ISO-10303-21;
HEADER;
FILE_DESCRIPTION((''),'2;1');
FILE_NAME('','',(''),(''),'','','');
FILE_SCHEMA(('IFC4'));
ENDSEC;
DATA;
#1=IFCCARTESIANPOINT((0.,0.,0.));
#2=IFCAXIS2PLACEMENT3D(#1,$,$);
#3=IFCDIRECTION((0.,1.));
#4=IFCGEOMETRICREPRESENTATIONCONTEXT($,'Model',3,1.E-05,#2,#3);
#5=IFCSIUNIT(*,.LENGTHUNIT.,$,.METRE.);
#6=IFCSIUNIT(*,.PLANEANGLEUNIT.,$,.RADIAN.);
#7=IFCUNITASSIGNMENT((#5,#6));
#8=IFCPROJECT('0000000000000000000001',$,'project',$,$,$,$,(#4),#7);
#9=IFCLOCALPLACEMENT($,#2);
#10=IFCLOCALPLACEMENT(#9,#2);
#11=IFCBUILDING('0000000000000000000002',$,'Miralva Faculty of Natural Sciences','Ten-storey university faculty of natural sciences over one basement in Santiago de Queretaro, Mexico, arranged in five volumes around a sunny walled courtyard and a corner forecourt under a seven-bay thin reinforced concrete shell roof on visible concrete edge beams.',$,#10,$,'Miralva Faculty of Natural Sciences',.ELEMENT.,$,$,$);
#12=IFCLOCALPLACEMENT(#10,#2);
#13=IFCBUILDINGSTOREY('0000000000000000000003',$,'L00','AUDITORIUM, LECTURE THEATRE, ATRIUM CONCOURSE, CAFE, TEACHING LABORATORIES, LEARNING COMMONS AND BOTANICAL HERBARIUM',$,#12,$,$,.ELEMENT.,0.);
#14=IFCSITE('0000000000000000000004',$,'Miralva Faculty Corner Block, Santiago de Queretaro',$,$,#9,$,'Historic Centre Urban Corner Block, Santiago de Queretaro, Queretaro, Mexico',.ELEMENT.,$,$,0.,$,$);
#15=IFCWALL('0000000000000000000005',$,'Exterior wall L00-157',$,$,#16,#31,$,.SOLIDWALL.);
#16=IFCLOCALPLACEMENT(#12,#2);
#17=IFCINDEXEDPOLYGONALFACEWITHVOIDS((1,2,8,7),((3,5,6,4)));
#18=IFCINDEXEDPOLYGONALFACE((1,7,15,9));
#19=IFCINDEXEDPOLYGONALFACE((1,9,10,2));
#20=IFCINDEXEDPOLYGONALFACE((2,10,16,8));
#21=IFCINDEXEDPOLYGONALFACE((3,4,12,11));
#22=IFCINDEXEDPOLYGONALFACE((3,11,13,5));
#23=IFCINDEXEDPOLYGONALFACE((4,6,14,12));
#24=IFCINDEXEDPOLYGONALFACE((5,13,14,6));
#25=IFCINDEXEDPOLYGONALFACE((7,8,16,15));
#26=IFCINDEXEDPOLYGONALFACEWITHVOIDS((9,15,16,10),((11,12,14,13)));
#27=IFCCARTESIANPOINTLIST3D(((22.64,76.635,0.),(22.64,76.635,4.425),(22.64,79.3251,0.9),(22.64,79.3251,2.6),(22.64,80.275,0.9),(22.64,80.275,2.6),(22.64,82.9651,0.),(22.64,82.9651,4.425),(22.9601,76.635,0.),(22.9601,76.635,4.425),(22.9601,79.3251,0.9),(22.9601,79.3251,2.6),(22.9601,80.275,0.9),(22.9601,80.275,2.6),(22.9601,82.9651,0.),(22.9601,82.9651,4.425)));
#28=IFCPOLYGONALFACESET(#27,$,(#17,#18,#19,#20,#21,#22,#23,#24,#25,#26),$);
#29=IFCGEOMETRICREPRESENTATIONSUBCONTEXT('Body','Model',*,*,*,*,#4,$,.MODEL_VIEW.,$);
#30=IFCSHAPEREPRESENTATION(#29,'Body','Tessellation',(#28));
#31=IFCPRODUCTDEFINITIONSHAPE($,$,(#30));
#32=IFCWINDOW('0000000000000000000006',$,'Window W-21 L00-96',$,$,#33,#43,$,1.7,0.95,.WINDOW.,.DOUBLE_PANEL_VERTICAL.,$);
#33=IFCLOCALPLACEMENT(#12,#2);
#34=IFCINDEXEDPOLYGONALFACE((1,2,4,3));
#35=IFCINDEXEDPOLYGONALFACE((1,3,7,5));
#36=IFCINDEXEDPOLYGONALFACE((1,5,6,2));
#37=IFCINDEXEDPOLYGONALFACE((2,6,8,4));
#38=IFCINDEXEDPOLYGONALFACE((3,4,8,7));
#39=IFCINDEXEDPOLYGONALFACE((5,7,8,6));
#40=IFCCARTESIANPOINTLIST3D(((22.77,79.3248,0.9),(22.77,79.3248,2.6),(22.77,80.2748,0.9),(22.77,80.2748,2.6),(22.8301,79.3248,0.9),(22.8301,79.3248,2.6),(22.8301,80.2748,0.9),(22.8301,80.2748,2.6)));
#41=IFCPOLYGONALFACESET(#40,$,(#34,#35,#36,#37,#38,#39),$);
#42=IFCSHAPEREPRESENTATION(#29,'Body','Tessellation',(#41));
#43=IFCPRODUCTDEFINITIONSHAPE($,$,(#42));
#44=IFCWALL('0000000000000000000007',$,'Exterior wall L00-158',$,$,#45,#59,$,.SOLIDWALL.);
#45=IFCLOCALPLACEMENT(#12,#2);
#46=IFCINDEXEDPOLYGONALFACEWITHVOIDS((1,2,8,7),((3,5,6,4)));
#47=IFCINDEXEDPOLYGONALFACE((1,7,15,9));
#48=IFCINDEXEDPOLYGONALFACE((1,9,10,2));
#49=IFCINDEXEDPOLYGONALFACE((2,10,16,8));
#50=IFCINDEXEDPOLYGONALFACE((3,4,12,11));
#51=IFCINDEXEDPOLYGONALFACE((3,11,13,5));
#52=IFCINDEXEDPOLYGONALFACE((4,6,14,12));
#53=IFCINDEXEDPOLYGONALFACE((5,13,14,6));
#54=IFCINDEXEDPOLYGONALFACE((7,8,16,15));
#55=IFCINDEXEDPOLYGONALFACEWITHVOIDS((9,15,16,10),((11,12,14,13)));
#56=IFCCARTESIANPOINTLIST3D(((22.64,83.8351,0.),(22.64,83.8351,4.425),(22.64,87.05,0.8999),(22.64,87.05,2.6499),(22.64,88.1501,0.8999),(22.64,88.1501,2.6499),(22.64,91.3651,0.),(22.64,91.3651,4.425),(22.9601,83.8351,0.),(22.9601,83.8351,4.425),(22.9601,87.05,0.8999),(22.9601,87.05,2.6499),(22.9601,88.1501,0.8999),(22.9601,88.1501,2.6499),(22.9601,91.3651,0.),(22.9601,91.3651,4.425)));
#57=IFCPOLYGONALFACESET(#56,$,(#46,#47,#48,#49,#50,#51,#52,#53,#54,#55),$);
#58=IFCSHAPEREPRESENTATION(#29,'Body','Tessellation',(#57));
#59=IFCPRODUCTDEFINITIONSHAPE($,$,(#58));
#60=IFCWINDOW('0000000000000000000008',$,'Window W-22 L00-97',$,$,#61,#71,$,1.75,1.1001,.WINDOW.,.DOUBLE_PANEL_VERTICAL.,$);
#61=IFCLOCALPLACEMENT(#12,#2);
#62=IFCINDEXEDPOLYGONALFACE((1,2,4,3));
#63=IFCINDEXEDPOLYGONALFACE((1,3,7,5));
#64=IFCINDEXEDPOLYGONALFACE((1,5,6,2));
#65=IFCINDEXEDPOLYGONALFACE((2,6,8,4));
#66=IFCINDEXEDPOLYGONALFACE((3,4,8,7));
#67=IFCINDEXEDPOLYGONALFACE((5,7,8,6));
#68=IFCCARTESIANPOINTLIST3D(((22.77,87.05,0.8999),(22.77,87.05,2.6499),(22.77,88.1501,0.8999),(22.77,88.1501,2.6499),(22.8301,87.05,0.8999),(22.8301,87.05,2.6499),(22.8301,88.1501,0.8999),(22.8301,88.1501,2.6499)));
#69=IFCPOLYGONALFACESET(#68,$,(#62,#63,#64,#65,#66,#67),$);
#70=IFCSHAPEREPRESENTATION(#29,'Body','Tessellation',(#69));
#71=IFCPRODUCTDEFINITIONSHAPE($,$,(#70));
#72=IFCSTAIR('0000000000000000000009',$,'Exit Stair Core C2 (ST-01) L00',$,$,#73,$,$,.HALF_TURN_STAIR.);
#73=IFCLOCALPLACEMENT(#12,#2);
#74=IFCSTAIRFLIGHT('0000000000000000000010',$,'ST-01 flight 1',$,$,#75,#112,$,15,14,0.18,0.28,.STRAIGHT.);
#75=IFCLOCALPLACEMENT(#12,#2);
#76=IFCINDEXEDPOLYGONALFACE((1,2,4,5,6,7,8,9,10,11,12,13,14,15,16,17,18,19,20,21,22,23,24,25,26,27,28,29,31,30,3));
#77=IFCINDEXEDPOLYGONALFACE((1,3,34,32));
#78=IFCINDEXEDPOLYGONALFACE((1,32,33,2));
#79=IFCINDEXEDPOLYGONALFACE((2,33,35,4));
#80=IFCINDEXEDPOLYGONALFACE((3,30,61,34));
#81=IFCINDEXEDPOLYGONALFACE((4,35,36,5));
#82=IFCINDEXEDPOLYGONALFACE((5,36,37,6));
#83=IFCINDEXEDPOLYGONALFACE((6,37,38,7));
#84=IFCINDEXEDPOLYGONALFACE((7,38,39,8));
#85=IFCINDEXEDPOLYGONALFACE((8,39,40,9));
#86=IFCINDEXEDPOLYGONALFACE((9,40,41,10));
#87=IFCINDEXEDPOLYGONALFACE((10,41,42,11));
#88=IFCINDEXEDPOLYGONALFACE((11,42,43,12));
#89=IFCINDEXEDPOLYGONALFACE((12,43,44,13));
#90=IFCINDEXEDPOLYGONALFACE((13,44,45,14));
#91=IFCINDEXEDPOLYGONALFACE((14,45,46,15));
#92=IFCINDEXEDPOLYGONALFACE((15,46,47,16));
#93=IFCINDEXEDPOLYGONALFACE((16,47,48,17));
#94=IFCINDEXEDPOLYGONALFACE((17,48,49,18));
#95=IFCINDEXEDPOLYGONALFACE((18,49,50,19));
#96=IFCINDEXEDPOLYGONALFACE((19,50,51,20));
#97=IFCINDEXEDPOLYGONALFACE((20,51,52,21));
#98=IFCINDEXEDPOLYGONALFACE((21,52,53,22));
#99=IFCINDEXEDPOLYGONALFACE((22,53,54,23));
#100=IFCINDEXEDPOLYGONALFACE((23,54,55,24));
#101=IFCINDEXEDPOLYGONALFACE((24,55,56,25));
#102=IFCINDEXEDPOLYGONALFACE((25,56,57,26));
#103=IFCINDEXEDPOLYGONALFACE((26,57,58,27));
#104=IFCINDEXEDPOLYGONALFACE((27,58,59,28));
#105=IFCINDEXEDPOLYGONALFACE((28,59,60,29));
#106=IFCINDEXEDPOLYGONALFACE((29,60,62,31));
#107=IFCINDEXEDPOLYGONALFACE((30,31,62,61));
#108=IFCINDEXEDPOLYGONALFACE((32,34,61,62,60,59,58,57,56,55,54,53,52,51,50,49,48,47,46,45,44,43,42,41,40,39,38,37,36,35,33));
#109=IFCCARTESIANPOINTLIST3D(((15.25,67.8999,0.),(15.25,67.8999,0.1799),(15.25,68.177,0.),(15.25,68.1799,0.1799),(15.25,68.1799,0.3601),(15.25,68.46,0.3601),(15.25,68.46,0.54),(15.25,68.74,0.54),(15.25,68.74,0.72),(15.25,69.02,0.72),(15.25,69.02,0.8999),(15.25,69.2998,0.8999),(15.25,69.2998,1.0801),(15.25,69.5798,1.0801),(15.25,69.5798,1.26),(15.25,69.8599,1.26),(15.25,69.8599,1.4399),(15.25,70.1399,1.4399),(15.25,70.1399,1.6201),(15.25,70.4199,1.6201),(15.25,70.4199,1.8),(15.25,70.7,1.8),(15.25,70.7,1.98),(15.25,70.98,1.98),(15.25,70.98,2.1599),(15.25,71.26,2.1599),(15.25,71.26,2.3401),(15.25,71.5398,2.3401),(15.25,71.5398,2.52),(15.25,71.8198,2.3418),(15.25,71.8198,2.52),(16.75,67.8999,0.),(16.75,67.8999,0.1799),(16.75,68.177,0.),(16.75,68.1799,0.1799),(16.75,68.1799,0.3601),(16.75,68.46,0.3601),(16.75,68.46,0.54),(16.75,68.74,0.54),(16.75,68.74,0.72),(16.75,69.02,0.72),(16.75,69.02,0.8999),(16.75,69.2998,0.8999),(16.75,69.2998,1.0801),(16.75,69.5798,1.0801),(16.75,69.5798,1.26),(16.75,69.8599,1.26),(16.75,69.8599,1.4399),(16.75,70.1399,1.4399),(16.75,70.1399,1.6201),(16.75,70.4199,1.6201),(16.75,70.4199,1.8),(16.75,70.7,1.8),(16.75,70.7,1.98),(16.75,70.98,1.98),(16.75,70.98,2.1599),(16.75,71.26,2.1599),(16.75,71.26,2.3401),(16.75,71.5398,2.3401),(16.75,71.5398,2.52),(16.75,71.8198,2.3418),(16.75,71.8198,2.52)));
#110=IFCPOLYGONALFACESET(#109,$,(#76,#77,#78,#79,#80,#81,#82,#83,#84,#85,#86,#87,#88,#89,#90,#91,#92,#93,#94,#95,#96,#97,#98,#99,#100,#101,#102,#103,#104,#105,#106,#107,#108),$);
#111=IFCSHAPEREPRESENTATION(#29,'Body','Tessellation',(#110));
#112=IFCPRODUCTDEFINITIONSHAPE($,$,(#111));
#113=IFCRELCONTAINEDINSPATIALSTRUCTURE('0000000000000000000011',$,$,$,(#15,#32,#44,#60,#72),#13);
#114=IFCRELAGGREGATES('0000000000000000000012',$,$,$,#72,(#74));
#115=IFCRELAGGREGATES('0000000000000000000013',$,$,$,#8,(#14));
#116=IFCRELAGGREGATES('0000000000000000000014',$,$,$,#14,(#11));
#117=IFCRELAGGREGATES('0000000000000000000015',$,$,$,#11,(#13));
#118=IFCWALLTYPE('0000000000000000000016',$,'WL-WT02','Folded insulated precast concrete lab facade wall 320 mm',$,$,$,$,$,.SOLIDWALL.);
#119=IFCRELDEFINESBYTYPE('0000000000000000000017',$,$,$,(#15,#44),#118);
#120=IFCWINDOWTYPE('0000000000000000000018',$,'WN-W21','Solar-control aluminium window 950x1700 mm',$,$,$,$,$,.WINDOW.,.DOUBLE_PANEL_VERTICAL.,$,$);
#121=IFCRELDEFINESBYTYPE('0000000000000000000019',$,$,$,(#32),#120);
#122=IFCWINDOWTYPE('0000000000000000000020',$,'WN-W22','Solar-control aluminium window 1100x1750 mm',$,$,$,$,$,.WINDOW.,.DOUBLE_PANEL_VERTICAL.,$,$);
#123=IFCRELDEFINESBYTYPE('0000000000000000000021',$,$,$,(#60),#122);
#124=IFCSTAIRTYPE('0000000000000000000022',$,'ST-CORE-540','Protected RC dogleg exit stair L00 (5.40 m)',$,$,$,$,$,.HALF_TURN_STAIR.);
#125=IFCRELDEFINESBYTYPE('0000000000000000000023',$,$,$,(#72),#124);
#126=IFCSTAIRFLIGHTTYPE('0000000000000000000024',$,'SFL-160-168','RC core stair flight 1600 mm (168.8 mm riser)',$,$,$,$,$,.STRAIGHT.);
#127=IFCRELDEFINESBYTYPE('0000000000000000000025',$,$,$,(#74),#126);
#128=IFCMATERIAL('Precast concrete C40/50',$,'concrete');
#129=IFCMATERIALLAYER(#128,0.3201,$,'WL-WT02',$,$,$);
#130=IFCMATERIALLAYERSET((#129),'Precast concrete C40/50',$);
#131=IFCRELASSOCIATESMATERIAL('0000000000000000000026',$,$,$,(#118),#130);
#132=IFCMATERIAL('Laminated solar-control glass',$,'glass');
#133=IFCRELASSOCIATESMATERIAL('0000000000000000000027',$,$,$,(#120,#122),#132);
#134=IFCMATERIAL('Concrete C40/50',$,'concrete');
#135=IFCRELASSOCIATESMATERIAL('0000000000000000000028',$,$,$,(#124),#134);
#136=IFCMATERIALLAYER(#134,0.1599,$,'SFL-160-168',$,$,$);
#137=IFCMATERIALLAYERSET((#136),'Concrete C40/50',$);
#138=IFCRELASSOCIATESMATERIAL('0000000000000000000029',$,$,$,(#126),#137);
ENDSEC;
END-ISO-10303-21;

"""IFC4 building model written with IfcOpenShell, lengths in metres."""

from ifc_helpers import new_model, si_unit, direction, frame, frame_2d, origin, place, context, subcontext, project, spatial, polyline, rectangle, outline, extrude, material, layer, layer_set, type_object, element, fill, aggregate, save


model = new_model("IFC4")

# Units and contexts
model_context = context("Model", 3, precision=1e-05, world=origin(), true_north=direction((0.0, 1.0)))
body_context = subcontext(model_context, "Body", "Model", "MODEL_VIEW")
ifc_project = project(units=[si_unit("LENGTHUNIT", "METRE"), si_unit("PLANEANGLEUNIT", "RADIAN")], contexts=[model_context])

# Site, building, storey
site_placement = place(None, origin())
site = spatial("IfcSite", under=ifc_project, at=site_placement, Name="Miralva Faculty Corner Block, Santiago de Queretaro", LongName="Historic Centre Urban Corner Block, Santiago de Queretaro, Queretaro, Mexico", CompositionType="ELEMENT", RefElevation=0.0)
building_placement = place(site_placement, origin())
building = spatial("IfcBuilding", under=site, at=building_placement, Name="Miralva Faculty of Natural Sciences", Description="Ten-storey university faculty of natural sciences over one basement in Santiago de Queretaro, Mexico, arranged in five volumes around a sunny walled courtyard and a corner forecourt under a seven-bay thin reinforced concrete shell roof on visible concrete edge beams.", LongName="Miralva Faculty of Natural Sciences", CompositionType="ELEMENT")
storey_placement = place(building_placement, origin())
storey = spatial("IfcBuildingStorey", under=building, at=storey_placement, Name="L00", Description="AUDITORIUM, LECTURE THEATRE, ATRIUM CONCOURSE, CAFE, TEACHING LABORATORIES, LEARNING COMMONS AND BOTANICAL HERBARIUM", CompositionType="ELEMENT", Elevation=0.0)

# Shared definitions
ifc_material_1 = material(Name="Concrete C40/50", Category="concrete")

# Walls, openings, windows
ifc_material_2 = material(Name="Precast concrete C40/50", Category="concrete")
ifc_layer_1 = layer(ifc_material_2, 0.3201, Name="WL-WT02")
ifc_layer_set_1 = layer_set([ifc_layer_1], Name="Precast concrete C40/50")
wall_type_1 = type_object("IfcWallType", Name="WL-WT02", Description="Folded insulated precast concrete lab facade wall 320 mm", PredefinedType="SOLIDWALL", material=ifc_layer_set_1)
wall_1_placement = place(storey_placement, frame((22.8, 76.635, 0.0), z_axis=(0.0, 0.0, 1.0), x_axis=(0.0, 1.0, 0.0)))
wall_1 = element("IfcWall", 1, at=wall_1_placement, inside=storey, type_object=wall_type_1, Name="Exterior wall L00-157", PredefinedType="SOLIDWALL", context=body_context, shape_type="SweptSolid", body=[
    extrude(rectangle(XDim=6.3301, YDim=0.3201, at=frame_2d((3.165, 0.0))), origin(), (0.0, 0.0, 1.0), 4.425),
])
opening_1_placement = place(wall_1_placement, frame((2.6899, 0.0, 0.8999)))
opening_1 = element("IfcOpeningElement", 2, at=opening_1_placement, cuts=wall_1, PredefinedType="OPENING", context=body_context, shape_type="SweptSolid", body=[
    extrude(rectangle(XDim=0.95, YDim=1.7, at=frame_2d((0.4751, 0.8501))), frame((0.0, 0.1699, 0.0), z_axis=(0.0, -1.0, 0.0), x_axis=(1.0, 0.0, 0.0)), (0.0, 0.0, 1.0), 0.3401),
])
ifc_material_3 = material(Name="Laminated solar-control glass", Category="glass")
window_type_1 = type_object("IfcWindowType", Name="WN-W21", Description="Solar-control aluminium window 950x1700 mm", PartitioningType="DOUBLE_PANEL_VERTICAL", PredefinedType="WINDOW", material=ifc_material_3)
window_1_placement = place(opening_1_placement, frame((0.95, 0.0, 0.0), z_axis=(0.0, 0.0, 1.0), x_axis=(-1.0, 0.0, 0.0)))
window_1 = element("IfcWindow", 3, at=window_1_placement, inside=storey, type_object=window_type_1, Name="Window W-21 L00-96", OverallHeight=1.7, OverallWidth=0.95, PartitioningType="DOUBLE_PANEL_VERTICAL", PredefinedType="WINDOW", context=body_context, shape_type="SweptSolid", body=[
    extrude(rectangle(XDim=0.95, YDim=1.7, at=frame_2d((0.4751, 0.8501))), frame((0.0, 0.03, 0.0), z_axis=(0.0, -1.0, 0.0), x_axis=(1.0, 0.0, 0.0)), (0.0, 0.0, 1.0), 0.0601),
])
fill(opening_1, window_1)
wall_2_placement = place(storey_placement, frame((22.8, 83.835, 0.0), z_axis=(0.0, 0.0, 1.0), x_axis=(0.0, 1.0, 0.0)))
wall_2 = element("IfcWall", 4, at=wall_2_placement, inside=storey, type_object=wall_type_1, Name="Exterior wall L00-158", PredefinedType="SOLIDWALL", context=body_context, shape_type="SweptSolid", body=[
    extrude(rectangle(XDim=7.53, YDim=0.3201, at=frame_2d((3.7651, 0.0))), origin(), (0.0, 0.0, 1.0), 4.425),
])
opening_2_placement = place(wall_2_placement, frame((3.2151, 0.0, 0.8999)))
opening_2 = element("IfcOpeningElement", 5, at=opening_2_placement, cuts=wall_2, PredefinedType="OPENING", context=body_context, shape_type="SweptSolid", body=[
    extrude(rectangle(XDim=1.1001, YDim=1.75, at=frame_2d((0.55, 0.875))), frame((0.0, 0.1699, 0.0), z_axis=(0.0, -1.0, 0.0), x_axis=(1.0, 0.0, 0.0)), (0.0, 0.0, 1.0), 0.3401),
])
window_type_2 = type_object("IfcWindowType", Name="WN-W22", Description="Solar-control aluminium window 1100x1750 mm", PartitioningType="DOUBLE_PANEL_VERTICAL", PredefinedType="WINDOW", material=ifc_material_3)
window_2_placement = place(opening_2_placement, frame((1.1001, 0.0, 0.0), z_axis=(0.0, 0.0, 1.0), x_axis=(-1.0, 0.0, 0.0)))
window_2 = element("IfcWindow", 6, at=window_2_placement, inside=storey, type_object=window_type_2, Name="Window W-22 L00-97", OverallHeight=1.75, OverallWidth=1.1001, PartitioningType="DOUBLE_PANEL_VERTICAL", PredefinedType="WINDOW", context=body_context, shape_type="SweptSolid", body=[
    extrude(rectangle(XDim=1.1001, YDim=1.75, at=frame_2d((0.55, 0.875))), frame((0.0, 0.03, 0.0), z_axis=(0.0, -1.0, 0.0), x_axis=(1.0, 0.0, 0.0)), (0.0, 0.0, 1.0), 0.0601),
])
fill(opening_2, window_2)

# Stair, stair flight
stair_type = type_object("IfcStairType", Name="ST-CORE-540", Description="Protected RC dogleg exit stair L00 (5.40 m)", PredefinedType="HALF_TURN_STAIR", material=ifc_material_1)
stair_placement = place(storey_placement, origin())
stair = element("IfcStair", 7, at=stair_placement, inside=storey, type_object=stair_type, Name="Exit Stair Core C2 (ST-01) L00", PredefinedType="HALF_TURN_STAIR")
ifc_layer_2 = layer(ifc_material_1, 0.1599, Name="SFL-160-168")
ifc_layer_set_2 = layer_set([ifc_layer_2], Name="Concrete C40/50")
stair_flight_type = type_object("IfcStairFlightType", Name="SFL-160-168", Description="RC core stair flight 1600 mm (168.8 mm riser)", PredefinedType="STRAIGHT", material=ifc_layer_set_2)
stair_flight_placement = place(storey_placement, frame((16.0, 67.8999, 0.0), z_axis=(0.0, 0.0, 1.0), x_axis=(0.0, 1.0, 0.0)))
stair_flight = element("IfcStairFlight", 8, at=stair_flight_placement, type_object=stair_flight_type, Name="ST-01 flight 1", NumberOfRisers=15, NumberOfTreads=14, PredefinedType="STRAIGHT", RiserHeight=0.18, TreadLength=0.28, context=body_context, shape_type="SweptSolid", body=[
    extrude(outline(polyline([(0.0, 0.0), (0.0, 0.1799), (0.28, 0.1799), (0.28, 0.3601), (0.5601, 0.3601), (0.5601, 0.54), (0.8401, 0.54), (0.8401, 0.72), (1.1201, 0.72), (1.1201, 0.8999), (1.3999, 0.8999), (1.3999, 1.0801), (1.6799, 1.0801), (1.6799, 1.26), (1.96, 1.26), (1.96, 1.4399), (2.24, 1.4399), (2.24, 1.6201), (2.52, 1.6201), (2.52, 1.8), (2.8, 1.8), (2.8, 1.98), (3.0801, 1.98), (3.0801, 2.1599), (3.3601, 2.1599), (3.3601, 2.3401), (3.6399, 2.3401), (3.6399, 2.52), (3.9199, 2.52), (3.9199, 2.7), (3.9199, 2.3418), (0.2771, 0.0), (0.0, 0.0)])), frame((0.0, 0.75, 0.0), z_axis=(0.0, -1.0, 0.0), x_axis=(1.0, 0.0, 0.0)), (0.0, 0.0, 1.0), 1.5),
])
aggregate(stair, [stair_flight])

save(model, "model.ifc")
